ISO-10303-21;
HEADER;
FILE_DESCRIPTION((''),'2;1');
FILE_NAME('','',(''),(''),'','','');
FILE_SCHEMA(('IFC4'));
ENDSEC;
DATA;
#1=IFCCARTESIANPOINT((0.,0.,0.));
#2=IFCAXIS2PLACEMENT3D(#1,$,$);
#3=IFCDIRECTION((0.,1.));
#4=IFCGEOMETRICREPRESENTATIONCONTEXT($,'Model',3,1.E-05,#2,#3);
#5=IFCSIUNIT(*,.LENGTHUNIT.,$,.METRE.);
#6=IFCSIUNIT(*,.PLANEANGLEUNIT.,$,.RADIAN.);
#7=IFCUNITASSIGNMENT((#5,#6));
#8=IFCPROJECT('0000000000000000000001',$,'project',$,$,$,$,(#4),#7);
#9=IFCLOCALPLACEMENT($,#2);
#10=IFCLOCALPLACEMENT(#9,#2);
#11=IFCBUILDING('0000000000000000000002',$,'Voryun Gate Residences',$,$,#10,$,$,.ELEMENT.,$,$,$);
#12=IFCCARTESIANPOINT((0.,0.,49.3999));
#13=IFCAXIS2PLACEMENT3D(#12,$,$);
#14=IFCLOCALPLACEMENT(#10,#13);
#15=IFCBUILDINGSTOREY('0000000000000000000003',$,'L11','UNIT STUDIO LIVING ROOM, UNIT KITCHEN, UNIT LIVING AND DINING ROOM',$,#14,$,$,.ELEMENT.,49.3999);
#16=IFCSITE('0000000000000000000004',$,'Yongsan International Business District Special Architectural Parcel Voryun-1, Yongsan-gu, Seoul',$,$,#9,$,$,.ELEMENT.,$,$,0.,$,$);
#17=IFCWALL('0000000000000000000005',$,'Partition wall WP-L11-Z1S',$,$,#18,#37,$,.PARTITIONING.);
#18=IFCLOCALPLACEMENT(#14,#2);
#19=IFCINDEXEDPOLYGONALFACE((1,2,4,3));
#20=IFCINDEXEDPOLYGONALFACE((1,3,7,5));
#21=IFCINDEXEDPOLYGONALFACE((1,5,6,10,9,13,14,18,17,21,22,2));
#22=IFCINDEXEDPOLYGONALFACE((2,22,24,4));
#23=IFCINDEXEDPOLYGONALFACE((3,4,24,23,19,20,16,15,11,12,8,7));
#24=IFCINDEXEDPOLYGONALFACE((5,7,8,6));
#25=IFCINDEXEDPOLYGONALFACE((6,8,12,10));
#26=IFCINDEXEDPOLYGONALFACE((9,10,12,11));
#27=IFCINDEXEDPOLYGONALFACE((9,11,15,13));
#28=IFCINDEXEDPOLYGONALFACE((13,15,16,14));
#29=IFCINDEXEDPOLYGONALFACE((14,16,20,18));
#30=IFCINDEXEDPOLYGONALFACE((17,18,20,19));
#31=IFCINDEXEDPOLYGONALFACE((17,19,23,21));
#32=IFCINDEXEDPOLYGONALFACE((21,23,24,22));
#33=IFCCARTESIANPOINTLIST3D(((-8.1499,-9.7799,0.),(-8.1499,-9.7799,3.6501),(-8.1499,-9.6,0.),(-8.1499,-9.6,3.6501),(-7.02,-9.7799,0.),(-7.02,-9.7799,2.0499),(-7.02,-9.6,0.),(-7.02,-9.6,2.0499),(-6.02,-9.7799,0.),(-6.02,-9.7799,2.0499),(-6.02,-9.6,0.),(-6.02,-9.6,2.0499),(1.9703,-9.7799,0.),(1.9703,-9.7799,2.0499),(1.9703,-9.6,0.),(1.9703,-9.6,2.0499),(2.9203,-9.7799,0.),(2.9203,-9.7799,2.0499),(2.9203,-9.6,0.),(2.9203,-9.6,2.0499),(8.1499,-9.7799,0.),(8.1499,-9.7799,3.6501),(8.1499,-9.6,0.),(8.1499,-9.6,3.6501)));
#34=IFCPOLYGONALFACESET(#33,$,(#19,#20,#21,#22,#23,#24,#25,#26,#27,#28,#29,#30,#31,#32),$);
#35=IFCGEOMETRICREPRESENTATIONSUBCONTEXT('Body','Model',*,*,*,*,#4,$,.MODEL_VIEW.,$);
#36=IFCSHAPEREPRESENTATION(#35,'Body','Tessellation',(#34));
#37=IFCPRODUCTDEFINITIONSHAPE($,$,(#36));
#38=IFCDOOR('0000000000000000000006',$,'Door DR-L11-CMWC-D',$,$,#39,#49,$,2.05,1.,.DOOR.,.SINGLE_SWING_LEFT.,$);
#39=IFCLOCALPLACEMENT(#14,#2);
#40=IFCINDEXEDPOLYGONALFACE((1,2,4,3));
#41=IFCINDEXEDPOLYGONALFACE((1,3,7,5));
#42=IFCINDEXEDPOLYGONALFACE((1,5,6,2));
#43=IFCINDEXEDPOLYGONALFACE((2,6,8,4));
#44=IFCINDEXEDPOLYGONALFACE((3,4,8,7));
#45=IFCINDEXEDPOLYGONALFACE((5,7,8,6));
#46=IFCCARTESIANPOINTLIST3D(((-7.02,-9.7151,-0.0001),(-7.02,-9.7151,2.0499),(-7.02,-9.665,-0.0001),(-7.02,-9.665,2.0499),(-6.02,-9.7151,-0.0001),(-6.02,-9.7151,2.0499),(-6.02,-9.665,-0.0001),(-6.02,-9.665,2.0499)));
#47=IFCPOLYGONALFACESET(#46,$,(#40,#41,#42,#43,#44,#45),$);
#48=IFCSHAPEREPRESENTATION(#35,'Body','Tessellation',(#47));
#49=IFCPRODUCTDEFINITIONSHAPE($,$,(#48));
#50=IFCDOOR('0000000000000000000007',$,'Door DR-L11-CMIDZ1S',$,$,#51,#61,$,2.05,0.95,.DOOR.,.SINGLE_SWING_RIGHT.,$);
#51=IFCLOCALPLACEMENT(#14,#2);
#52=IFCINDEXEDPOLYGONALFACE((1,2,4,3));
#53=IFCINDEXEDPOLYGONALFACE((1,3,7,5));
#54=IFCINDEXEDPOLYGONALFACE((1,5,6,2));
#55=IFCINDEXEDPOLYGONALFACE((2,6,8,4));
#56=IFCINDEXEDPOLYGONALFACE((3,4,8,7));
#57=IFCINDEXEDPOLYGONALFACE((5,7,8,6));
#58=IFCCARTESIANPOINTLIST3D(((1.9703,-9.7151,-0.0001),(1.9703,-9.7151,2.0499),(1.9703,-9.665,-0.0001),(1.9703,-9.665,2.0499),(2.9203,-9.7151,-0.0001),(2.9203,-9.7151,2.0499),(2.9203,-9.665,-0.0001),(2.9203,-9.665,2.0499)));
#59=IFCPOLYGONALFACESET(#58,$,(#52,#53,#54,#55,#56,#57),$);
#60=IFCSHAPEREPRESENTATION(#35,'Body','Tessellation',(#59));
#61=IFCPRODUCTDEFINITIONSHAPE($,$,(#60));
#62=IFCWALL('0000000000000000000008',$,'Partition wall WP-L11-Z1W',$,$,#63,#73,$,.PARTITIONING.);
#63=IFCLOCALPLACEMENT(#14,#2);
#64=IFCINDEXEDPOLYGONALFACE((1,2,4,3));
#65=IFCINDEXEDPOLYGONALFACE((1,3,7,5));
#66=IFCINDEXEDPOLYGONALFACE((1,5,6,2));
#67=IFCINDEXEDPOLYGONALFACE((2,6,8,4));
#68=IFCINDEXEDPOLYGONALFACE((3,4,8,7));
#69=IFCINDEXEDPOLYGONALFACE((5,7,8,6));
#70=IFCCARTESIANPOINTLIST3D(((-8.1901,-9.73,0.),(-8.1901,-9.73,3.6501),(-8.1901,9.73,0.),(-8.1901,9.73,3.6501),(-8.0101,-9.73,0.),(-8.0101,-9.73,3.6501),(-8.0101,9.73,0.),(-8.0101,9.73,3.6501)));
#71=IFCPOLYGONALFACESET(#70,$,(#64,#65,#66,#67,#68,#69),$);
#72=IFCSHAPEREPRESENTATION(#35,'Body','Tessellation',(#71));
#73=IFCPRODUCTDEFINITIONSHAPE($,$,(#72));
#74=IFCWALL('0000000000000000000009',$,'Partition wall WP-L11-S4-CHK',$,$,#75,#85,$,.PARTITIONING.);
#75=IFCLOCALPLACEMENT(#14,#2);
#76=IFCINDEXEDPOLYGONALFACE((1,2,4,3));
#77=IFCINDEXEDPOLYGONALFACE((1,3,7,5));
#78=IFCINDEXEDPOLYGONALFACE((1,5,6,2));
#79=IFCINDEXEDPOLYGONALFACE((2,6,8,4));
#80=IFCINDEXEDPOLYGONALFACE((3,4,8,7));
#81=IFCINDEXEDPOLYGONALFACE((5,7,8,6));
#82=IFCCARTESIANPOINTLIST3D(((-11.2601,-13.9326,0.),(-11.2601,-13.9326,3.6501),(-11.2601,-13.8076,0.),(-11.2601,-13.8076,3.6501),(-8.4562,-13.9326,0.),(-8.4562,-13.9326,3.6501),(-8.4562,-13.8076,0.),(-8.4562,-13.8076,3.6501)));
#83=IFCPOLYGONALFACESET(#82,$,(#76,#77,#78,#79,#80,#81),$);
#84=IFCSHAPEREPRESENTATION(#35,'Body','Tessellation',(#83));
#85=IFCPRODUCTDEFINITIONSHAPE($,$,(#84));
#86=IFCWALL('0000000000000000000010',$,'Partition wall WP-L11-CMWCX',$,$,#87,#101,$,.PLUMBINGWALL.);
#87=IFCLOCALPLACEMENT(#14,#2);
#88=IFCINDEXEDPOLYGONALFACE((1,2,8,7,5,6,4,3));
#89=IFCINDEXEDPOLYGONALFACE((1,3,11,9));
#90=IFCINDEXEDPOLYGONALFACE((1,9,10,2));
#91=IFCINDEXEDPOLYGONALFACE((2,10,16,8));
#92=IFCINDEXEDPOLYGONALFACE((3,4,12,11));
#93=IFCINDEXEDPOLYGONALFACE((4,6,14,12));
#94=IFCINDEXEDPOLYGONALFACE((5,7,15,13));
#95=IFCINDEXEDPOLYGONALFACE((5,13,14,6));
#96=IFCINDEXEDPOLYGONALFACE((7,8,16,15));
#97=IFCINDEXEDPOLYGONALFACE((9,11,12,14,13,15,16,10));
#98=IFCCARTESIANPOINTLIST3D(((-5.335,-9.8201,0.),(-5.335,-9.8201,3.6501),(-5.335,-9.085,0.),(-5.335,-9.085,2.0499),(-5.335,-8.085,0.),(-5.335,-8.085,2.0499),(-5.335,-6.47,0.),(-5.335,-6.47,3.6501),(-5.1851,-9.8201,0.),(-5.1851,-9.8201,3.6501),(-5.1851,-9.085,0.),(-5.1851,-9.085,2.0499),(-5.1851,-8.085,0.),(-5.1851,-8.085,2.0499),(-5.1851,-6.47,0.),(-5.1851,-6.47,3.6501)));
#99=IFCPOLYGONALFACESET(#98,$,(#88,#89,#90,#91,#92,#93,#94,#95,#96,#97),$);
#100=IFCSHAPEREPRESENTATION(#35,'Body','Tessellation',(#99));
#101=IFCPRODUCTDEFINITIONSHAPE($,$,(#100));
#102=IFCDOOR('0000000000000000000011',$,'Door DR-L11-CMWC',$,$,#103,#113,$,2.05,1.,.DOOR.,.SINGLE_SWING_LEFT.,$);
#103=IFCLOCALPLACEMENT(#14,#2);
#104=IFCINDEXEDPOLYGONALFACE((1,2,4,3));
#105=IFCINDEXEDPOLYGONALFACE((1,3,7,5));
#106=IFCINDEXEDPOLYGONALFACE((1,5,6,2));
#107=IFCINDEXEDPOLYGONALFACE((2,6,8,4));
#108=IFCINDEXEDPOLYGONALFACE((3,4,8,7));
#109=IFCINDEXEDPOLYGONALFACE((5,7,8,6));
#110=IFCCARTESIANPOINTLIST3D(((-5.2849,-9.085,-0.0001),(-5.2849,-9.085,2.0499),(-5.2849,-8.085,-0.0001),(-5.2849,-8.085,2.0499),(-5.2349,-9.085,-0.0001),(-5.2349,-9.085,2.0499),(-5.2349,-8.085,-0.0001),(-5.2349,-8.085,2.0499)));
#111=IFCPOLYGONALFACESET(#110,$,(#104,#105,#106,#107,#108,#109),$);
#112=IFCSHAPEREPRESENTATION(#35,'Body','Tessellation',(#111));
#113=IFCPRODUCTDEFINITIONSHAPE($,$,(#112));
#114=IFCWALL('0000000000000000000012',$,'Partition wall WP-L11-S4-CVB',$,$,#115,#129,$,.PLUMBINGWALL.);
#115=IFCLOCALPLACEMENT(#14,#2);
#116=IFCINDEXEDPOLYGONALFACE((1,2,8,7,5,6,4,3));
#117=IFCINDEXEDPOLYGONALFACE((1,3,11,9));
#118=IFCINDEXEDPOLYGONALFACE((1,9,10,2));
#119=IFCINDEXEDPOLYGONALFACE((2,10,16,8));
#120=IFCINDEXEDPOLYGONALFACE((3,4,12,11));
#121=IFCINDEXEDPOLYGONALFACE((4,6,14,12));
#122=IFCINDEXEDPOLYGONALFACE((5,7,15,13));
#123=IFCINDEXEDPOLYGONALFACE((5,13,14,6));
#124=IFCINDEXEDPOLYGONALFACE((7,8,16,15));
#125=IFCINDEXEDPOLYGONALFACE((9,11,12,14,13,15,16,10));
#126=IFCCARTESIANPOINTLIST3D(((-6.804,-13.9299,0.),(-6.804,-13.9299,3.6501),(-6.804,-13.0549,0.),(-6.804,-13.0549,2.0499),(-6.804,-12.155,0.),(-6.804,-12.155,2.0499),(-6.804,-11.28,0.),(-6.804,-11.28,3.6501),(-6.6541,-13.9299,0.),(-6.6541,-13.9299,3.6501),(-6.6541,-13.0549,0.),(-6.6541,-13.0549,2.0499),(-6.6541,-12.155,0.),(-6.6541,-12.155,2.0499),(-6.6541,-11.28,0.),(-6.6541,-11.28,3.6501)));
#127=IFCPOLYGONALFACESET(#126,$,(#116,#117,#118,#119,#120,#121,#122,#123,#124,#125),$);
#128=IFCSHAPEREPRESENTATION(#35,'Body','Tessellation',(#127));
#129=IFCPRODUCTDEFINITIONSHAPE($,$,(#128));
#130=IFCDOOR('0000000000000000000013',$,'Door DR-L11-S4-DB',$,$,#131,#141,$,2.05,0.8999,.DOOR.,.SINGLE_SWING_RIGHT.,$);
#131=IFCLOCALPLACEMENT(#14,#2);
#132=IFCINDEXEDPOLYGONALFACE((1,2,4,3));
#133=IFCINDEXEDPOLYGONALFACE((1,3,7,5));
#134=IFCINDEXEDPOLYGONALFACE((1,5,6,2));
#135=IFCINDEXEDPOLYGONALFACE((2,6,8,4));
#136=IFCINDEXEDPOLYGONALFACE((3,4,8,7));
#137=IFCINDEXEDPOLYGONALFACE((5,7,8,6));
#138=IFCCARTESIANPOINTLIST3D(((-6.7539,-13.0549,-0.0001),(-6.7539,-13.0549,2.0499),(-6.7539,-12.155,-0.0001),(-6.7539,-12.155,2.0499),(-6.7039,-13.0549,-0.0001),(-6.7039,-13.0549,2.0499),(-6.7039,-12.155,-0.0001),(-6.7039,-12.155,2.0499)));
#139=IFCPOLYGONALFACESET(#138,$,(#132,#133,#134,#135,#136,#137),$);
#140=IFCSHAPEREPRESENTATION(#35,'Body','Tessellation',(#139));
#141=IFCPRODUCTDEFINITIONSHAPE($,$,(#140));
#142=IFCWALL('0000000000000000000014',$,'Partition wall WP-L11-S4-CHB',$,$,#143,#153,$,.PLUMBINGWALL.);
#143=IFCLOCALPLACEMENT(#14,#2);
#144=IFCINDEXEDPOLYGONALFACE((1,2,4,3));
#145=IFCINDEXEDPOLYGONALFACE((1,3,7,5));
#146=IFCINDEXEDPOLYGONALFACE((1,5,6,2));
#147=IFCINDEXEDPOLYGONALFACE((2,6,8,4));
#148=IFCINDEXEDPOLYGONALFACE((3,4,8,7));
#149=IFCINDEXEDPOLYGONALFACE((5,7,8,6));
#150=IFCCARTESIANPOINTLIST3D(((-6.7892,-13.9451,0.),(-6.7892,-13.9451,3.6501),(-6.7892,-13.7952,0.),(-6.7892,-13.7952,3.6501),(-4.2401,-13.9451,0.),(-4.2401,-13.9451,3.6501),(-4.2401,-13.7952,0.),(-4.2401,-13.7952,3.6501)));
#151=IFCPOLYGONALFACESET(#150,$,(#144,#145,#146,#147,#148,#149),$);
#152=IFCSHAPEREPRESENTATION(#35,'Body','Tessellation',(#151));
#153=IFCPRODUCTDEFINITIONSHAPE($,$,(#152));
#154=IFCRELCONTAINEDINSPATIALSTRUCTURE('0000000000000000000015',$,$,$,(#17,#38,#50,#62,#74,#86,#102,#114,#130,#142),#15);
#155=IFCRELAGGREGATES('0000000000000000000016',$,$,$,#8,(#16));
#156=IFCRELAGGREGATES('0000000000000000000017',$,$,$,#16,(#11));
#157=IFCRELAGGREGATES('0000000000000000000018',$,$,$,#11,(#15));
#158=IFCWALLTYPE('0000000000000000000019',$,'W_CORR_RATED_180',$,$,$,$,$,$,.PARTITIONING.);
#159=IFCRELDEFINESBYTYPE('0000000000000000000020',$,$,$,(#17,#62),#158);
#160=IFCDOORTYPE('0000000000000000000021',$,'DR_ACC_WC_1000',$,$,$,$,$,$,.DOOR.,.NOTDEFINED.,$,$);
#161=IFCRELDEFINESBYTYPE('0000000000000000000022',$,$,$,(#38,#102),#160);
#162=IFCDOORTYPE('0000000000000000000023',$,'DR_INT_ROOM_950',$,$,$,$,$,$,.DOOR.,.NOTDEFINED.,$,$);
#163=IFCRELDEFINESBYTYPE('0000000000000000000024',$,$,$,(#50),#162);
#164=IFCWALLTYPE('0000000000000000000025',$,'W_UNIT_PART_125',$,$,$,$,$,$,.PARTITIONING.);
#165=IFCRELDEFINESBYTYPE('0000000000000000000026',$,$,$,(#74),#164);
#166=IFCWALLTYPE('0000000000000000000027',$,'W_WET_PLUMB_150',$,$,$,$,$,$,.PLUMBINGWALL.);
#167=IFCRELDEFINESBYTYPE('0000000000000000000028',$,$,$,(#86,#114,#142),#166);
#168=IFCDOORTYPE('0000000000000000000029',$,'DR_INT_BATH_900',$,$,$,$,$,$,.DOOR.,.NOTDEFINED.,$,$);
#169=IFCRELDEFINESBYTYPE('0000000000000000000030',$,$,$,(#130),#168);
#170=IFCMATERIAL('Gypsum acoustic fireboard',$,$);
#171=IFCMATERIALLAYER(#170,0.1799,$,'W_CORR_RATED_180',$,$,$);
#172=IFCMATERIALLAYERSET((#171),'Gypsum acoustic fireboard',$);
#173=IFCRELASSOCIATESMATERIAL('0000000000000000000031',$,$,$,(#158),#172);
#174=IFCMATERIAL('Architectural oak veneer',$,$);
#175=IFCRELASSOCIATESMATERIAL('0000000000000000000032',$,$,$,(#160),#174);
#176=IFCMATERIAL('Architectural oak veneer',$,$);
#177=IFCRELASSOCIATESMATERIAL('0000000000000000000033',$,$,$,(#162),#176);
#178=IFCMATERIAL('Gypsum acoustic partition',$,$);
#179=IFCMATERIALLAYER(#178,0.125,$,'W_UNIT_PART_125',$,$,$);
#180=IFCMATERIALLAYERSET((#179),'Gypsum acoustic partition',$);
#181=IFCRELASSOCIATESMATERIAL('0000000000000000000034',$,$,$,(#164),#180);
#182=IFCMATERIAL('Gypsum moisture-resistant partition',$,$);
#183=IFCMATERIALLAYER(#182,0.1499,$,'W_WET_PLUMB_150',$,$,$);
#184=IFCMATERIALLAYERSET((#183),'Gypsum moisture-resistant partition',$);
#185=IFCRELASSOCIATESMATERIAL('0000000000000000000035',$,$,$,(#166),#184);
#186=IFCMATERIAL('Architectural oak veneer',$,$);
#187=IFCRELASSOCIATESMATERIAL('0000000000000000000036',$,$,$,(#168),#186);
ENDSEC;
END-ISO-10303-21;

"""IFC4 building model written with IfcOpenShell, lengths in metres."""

from ifc_helpers import new_model, si_unit, direction, frame, frame_2d, origin, place, context, subcontext, project, spatial, rectangle, extrude, material, layer, layer_set, type_object, element, fill, save


model = new_model("IFC4")

# Units and contexts
model_context = context("Model", 3, precision=1e-05, world=origin(), true_north=direction((0.0, 1.0)))
body_context = subcontext(model_context, "Body", "Model", "MODEL_VIEW")
ifc_project = project(units=[si_unit("LENGTHUNIT", "METRE"), si_unit("PLANEANGLEUNIT", "RADIAN")], contexts=[model_context])

# Site, building, storey
site_placement = place(None, origin())
site = spatial("IfcSite", under=ifc_project, at=site_placement, Name="Yongsan International Business District Special Architectural Parcel Voryun-1, Yongsan-gu, Seoul", CompositionType="ELEMENT", RefElevation=0.0)
building_placement = place(site_placement, origin())
building = spatial("IfcBuilding", under=site, at=building_placement, Name="Voryun Gate Residences", CompositionType="ELEMENT")
storey_placement = place(building_placement, frame((0.0, 0.0, 49.3999)))
storey = spatial("IfcBuildingStorey", under=building, at=storey_placement, Name="L11", Description="UNIT STUDIO LIVING ROOM, UNIT KITCHEN, UNIT LIVING AND DINING ROOM", CompositionType="ELEMENT", Elevation=49.3999)

# Shared definitions
ifc_material_1 = material(Name="Gypsum acoustic fireboard")
ifc_layer_1 = layer(ifc_material_1, 0.1799, Name="W_CORR_RATED_180")
ifc_layer_set_1 = layer_set([ifc_layer_1], Name="Gypsum acoustic fireboard")
wall_type_1 = type_object("IfcWallType", Name="W_CORR_RATED_180", PredefinedType="PARTITIONING", material=ifc_layer_set_1)

# Wall, openings, doors
wall_1_placement = place(storey_placement, frame((-8.1499, -9.6899, 0.0), z_axis=(0.0, 0.0, 1.0), x_axis=(1.0, 0.0, 0.0)))
wall_1 = element("IfcWall", 1, at=wall_1_placement, inside=storey, type_object=wall_type_1, Name="Partition wall WP-L11-Z1S", PredefinedType="PARTITIONING", context=body_context, shape_type="SweptSolid", body=[
    extrude(rectangle(XDim=16.2998, YDim=0.1799, at=frame_2d((8.1499, 0.0))), origin(), (0.0, 0.0, 1.0), 3.6501),
])
opening_1_placement = place(wall_1_placement, frame((1.1299, 0.0, 0.0)))
opening_1 = element("IfcOpeningElement", 2, at=opening_1_placement, cuts=wall_1, PredefinedType="OPENING", context=body_context, shape_type="SweptSolid", body=[
    extrude(rectangle(XDim=1.0, YDim=2.05, at=frame_2d((0.5, 1.0249))), frame((0.0, 0.0999, 0.0), z_axis=(0.0, -1.0, 0.0), x_axis=(1.0, 0.0, 0.0)), (0.0, 0.0, 1.0), 0.2),
])
opening_2_placement = place(wall_1_placement, frame((10.1201, 0.0, 0.0)))
opening_2 = element("IfcOpeningElement", 3, at=opening_2_placement, cuts=wall_1, PredefinedType="OPENING", context=body_context, shape_type="SweptSolid", body=[
    extrude(rectangle(XDim=0.95, YDim=2.05, at=frame_2d((0.4751, 1.0249))), frame((0.0, 0.0999, 0.0), z_axis=(0.0, -1.0, 0.0), x_axis=(1.0, 0.0, 0.0)), (0.0, 0.0, 1.0), 0.2),
])
ifc_material_2 = material(Name="Architectural oak veneer")
door_type_1 = type_object("IfcDoorType", Name="DR_ACC_WC_1000", OperationType="NOTDEFINED", PredefinedType="DOOR", material=ifc_material_2)
door_1_placement = place(opening_1_placement, origin())
door_1 = element("IfcDoor", 4, at=door_1_placement, inside=storey, type_object=door_type_1, Name="Door DR-L11-CMWC-D", OperationType="SINGLE_SWING_LEFT", OverallHeight=2.05, OverallWidth=1.0, PredefinedType="DOOR", context=body_context, shape_type="SweptSolid", body=[
    extrude(rectangle(XDim=1.0, YDim=2.05, at=frame_2d((0.5, 1.0249))), frame((0.0, 0.0249, 0.0), z_axis=(0.0, -1.0, 0.0), x_axis=(1.0, 0.0, 0.0)), (0.0, 0.0, 1.0), 0.05),
])
fill(opening_1, door_1)
ifc_material_3 = material(Name="Architectural oak veneer")
door_type_2 = type_object("IfcDoorType", Name="DR_INT_ROOM_950", OperationType="NOTDEFINED", PredefinedType="DOOR", material=ifc_material_3)
door_2_placement = place(opening_2_placement, origin())
door_2 = element("IfcDoor", 5, at=door_2_placement, inside=storey, type_object=door_type_2, Name="Door DR-L11-CMIDZ1S", OperationType="SINGLE_SWING_RIGHT", OverallHeight=2.05, OverallWidth=0.95, PredefinedType="DOOR", context=body_context, shape_type="SweptSolid", body=[
    extrude(rectangle(XDim=0.95, YDim=2.05, at=frame_2d((0.4751, 1.0249))), frame((0.0, 0.0249, 0.0), z_axis=(0.0, -1.0, 0.0), x_axis=(1.0, 0.0, 0.0)), (0.0, 0.0, 1.0), 0.05),
])
fill(opening_2, door_2)

# Walls
wall_2_placement = place(storey_placement, frame((-8.1001, -9.73, 0.0), z_axis=(0.0, 0.0, 1.0), x_axis=(0.0, 1.0, 0.0)))
element("IfcWall", 6, at=wall_2_placement, inside=storey, type_object=wall_type_1, Name="Partition wall WP-L11-Z1W", PredefinedType="PARTITIONING", context=body_context, shape_type="SweptSolid", body=[
    extrude(rectangle(XDim=19.46, YDim=0.1799, at=frame_2d((9.73, 0.0))), origin(), (0.0, 0.0, 1.0), 3.6501),
])
ifc_material_4 = material(Name="Gypsum acoustic partition")
ifc_layer_2 = layer(ifc_material_4, 0.125, Name="W_UNIT_PART_125")
ifc_layer_set_2 = layer_set([ifc_layer_2], Name="Gypsum acoustic partition")
wall_type_2 = type_object("IfcWallType", Name="W_UNIT_PART_125", PredefinedType="PARTITIONING", material=ifc_layer_set_2)
wall_3_placement = place(storey_placement, frame((-11.26, -13.8701, 0.0), z_axis=(0.0, 0.0, 1.0), x_axis=(1.0, 0.0, 0.0)))
element("IfcWall", 7, at=wall_3_placement, inside=storey, type_object=wall_type_2, Name="Partition wall WP-L11-S4-CHK", PredefinedType="PARTITIONING", context=body_context, shape_type="SweptSolid", body=[
    extrude(rectangle(XDim=2.804, YDim=0.125, at=frame_2d((1.4019, 0.0))), origin(), (0.0, 0.0, 1.0), 3.6501),
])

# Walls, openings, doors
ifc_material_5 = material(Name="Gypsum moisture-resistant partition")
ifc_layer_3 = layer(ifc_material_5, 0.1499, Name="W_WET_PLUMB_150")
ifc_layer_set_3 = layer_set([ifc_layer_3], Name="Gypsum moisture-resistant partition")
wall_type_3 = type_object("IfcWallType", Name="W_WET_PLUMB_150", PredefinedType="PLUMBINGWALL", material=ifc_layer_set_3)
wall_4_placement = place(storey_placement, frame((-5.26, -9.8201, 0.0), z_axis=(0.0, 0.0, 1.0), x_axis=(0.0, 1.0, 0.0)))
wall_4 = element("IfcWall", 8, at=wall_4_placement, inside=storey, type_object=wall_type_3, Name="Partition wall WP-L11-CMWCX", PredefinedType="PLUMBINGWALL", context=body_context, shape_type="SweptSolid", body=[
    extrude(rectangle(XDim=3.3501, YDim=0.1499, at=frame_2d((1.675, 0.0))), origin(), (0.0, 0.0, 1.0), 3.6501),
])
opening_3_placement = place(wall_4_placement, frame((0.7351, 0.0, 0.0)))
opening_3 = element("IfcOpeningElement", 9, at=opening_3_placement, cuts=wall_4, PredefinedType="OPENING", context=body_context, shape_type="SweptSolid", body=[
    extrude(rectangle(XDim=1.0, YDim=2.05, at=frame_2d((0.5, 1.0249))), frame((0.0, 0.085, 0.0), z_axis=(0.0, -1.0, 0.0), x_axis=(1.0, 0.0, 0.0)), (0.0, 0.0, 1.0), 0.1699),
])
door_3_placement = place(opening_3_placement, origin())
door_3 = element("IfcDoor", 10, at=door_3_placement, inside=storey, type_object=door_type_1, Name="Door DR-L11-CMWC", OperationType="SINGLE_SWING_LEFT", OverallHeight=2.05, OverallWidth=1.0, PredefinedType="DOOR", context=body_context, shape_type="SweptSolid", body=[
    extrude(rectangle(XDim=1.0, YDim=2.05, at=frame_2d((0.5, 1.0249))), frame((0.0, 0.0249, 0.0), z_axis=(0.0, -1.0, 0.0), x_axis=(1.0, 0.0, 0.0)), (0.0, 0.0, 1.0), 0.05),
])
fill(opening_3, door_3)
wall_5_placement = place(storey_placement, frame((-6.729, -13.9299, 0.0), z_axis=(0.0, 0.0, 1.0), x_axis=(0.0, 1.0, 0.0)))
wall_5 = element("IfcWall", 11, at=wall_5_placement, inside=storey, type_object=wall_type_3, Name="Partition wall WP-L11-S4-CVB", PredefinedType="PLUMBINGWALL", context=body_context, shape_type="SweptSolid", body=[
    extrude(rectangle(XDim=2.6499, YDim=0.1499, at=frame_2d((1.325, 0.0))), origin(), (0.0, 0.0, 1.0), 3.6501),
])
opening_4_placement = place(wall_5_placement, frame((0.875, 0.0, 0.0)))
opening_4 = element("IfcOpeningElement", 12, at=opening_4_placement, cuts=wall_5, PredefinedType="OPENING", context=body_context, shape_type="SweptSolid", body=[
    extrude(rectangle(XDim=0.8999, YDim=2.05, at=frame_2d((0.45, 1.0249))), frame((0.0, 0.085, 0.0), z_axis=(0.0, -1.0, 0.0), x_axis=(1.0, 0.0, 0.0)), (0.0, 0.0, 1.0), 0.1699),
])
ifc_material_6 = material(Name="Architectural oak veneer")
door_type_3 = type_object("IfcDoorType", Name="DR_INT_BATH_900", OperationType="NOTDEFINED", PredefinedType="DOOR", material=ifc_material_6)
door_4_placement = place(opening_4_placement, origin())
door_4 = element("IfcDoor", 13, at=door_4_placement, inside=storey, type_object=door_type_3, Name="Door DR-L11-S4-DB", OperationType="SINGLE_SWING_RIGHT", OverallHeight=2.05, OverallWidth=0.8999, PredefinedType="DOOR", context=body_context, shape_type="SweptSolid", body=[
    extrude(rectangle(XDim=0.8999, YDim=2.05, at=frame_2d((0.45, 1.0249))), frame((0.0, 0.0249, 0.0), z_axis=(0.0, -1.0, 0.0), x_axis=(1.0, 0.0, 0.0)), (0.0, 0.0, 1.0), 0.05),
])
fill(opening_4, door_4)

# Wall
wall_6_placement = place(storey_placement, frame((-6.7891, -13.8701, 0.0), z_axis=(0.0, 0.0, 1.0), x_axis=(1.0, 0.0, 0.0)))
element("IfcWall", 14, at=wall_6_placement, inside=storey, type_object=wall_type_3, Name="Partition wall WP-L11-S4-CHB", PredefinedType="PLUMBINGWALL", context=body_context, shape_type="SweptSolid", body=[
    extrude(rectangle(XDim=2.5491, YDim=0.1499, at=frame_2d((1.2744, 0.0))), origin(), (0.0, 0.0, 1.0), 3.6501),
])

save(model, "model.ifc")
